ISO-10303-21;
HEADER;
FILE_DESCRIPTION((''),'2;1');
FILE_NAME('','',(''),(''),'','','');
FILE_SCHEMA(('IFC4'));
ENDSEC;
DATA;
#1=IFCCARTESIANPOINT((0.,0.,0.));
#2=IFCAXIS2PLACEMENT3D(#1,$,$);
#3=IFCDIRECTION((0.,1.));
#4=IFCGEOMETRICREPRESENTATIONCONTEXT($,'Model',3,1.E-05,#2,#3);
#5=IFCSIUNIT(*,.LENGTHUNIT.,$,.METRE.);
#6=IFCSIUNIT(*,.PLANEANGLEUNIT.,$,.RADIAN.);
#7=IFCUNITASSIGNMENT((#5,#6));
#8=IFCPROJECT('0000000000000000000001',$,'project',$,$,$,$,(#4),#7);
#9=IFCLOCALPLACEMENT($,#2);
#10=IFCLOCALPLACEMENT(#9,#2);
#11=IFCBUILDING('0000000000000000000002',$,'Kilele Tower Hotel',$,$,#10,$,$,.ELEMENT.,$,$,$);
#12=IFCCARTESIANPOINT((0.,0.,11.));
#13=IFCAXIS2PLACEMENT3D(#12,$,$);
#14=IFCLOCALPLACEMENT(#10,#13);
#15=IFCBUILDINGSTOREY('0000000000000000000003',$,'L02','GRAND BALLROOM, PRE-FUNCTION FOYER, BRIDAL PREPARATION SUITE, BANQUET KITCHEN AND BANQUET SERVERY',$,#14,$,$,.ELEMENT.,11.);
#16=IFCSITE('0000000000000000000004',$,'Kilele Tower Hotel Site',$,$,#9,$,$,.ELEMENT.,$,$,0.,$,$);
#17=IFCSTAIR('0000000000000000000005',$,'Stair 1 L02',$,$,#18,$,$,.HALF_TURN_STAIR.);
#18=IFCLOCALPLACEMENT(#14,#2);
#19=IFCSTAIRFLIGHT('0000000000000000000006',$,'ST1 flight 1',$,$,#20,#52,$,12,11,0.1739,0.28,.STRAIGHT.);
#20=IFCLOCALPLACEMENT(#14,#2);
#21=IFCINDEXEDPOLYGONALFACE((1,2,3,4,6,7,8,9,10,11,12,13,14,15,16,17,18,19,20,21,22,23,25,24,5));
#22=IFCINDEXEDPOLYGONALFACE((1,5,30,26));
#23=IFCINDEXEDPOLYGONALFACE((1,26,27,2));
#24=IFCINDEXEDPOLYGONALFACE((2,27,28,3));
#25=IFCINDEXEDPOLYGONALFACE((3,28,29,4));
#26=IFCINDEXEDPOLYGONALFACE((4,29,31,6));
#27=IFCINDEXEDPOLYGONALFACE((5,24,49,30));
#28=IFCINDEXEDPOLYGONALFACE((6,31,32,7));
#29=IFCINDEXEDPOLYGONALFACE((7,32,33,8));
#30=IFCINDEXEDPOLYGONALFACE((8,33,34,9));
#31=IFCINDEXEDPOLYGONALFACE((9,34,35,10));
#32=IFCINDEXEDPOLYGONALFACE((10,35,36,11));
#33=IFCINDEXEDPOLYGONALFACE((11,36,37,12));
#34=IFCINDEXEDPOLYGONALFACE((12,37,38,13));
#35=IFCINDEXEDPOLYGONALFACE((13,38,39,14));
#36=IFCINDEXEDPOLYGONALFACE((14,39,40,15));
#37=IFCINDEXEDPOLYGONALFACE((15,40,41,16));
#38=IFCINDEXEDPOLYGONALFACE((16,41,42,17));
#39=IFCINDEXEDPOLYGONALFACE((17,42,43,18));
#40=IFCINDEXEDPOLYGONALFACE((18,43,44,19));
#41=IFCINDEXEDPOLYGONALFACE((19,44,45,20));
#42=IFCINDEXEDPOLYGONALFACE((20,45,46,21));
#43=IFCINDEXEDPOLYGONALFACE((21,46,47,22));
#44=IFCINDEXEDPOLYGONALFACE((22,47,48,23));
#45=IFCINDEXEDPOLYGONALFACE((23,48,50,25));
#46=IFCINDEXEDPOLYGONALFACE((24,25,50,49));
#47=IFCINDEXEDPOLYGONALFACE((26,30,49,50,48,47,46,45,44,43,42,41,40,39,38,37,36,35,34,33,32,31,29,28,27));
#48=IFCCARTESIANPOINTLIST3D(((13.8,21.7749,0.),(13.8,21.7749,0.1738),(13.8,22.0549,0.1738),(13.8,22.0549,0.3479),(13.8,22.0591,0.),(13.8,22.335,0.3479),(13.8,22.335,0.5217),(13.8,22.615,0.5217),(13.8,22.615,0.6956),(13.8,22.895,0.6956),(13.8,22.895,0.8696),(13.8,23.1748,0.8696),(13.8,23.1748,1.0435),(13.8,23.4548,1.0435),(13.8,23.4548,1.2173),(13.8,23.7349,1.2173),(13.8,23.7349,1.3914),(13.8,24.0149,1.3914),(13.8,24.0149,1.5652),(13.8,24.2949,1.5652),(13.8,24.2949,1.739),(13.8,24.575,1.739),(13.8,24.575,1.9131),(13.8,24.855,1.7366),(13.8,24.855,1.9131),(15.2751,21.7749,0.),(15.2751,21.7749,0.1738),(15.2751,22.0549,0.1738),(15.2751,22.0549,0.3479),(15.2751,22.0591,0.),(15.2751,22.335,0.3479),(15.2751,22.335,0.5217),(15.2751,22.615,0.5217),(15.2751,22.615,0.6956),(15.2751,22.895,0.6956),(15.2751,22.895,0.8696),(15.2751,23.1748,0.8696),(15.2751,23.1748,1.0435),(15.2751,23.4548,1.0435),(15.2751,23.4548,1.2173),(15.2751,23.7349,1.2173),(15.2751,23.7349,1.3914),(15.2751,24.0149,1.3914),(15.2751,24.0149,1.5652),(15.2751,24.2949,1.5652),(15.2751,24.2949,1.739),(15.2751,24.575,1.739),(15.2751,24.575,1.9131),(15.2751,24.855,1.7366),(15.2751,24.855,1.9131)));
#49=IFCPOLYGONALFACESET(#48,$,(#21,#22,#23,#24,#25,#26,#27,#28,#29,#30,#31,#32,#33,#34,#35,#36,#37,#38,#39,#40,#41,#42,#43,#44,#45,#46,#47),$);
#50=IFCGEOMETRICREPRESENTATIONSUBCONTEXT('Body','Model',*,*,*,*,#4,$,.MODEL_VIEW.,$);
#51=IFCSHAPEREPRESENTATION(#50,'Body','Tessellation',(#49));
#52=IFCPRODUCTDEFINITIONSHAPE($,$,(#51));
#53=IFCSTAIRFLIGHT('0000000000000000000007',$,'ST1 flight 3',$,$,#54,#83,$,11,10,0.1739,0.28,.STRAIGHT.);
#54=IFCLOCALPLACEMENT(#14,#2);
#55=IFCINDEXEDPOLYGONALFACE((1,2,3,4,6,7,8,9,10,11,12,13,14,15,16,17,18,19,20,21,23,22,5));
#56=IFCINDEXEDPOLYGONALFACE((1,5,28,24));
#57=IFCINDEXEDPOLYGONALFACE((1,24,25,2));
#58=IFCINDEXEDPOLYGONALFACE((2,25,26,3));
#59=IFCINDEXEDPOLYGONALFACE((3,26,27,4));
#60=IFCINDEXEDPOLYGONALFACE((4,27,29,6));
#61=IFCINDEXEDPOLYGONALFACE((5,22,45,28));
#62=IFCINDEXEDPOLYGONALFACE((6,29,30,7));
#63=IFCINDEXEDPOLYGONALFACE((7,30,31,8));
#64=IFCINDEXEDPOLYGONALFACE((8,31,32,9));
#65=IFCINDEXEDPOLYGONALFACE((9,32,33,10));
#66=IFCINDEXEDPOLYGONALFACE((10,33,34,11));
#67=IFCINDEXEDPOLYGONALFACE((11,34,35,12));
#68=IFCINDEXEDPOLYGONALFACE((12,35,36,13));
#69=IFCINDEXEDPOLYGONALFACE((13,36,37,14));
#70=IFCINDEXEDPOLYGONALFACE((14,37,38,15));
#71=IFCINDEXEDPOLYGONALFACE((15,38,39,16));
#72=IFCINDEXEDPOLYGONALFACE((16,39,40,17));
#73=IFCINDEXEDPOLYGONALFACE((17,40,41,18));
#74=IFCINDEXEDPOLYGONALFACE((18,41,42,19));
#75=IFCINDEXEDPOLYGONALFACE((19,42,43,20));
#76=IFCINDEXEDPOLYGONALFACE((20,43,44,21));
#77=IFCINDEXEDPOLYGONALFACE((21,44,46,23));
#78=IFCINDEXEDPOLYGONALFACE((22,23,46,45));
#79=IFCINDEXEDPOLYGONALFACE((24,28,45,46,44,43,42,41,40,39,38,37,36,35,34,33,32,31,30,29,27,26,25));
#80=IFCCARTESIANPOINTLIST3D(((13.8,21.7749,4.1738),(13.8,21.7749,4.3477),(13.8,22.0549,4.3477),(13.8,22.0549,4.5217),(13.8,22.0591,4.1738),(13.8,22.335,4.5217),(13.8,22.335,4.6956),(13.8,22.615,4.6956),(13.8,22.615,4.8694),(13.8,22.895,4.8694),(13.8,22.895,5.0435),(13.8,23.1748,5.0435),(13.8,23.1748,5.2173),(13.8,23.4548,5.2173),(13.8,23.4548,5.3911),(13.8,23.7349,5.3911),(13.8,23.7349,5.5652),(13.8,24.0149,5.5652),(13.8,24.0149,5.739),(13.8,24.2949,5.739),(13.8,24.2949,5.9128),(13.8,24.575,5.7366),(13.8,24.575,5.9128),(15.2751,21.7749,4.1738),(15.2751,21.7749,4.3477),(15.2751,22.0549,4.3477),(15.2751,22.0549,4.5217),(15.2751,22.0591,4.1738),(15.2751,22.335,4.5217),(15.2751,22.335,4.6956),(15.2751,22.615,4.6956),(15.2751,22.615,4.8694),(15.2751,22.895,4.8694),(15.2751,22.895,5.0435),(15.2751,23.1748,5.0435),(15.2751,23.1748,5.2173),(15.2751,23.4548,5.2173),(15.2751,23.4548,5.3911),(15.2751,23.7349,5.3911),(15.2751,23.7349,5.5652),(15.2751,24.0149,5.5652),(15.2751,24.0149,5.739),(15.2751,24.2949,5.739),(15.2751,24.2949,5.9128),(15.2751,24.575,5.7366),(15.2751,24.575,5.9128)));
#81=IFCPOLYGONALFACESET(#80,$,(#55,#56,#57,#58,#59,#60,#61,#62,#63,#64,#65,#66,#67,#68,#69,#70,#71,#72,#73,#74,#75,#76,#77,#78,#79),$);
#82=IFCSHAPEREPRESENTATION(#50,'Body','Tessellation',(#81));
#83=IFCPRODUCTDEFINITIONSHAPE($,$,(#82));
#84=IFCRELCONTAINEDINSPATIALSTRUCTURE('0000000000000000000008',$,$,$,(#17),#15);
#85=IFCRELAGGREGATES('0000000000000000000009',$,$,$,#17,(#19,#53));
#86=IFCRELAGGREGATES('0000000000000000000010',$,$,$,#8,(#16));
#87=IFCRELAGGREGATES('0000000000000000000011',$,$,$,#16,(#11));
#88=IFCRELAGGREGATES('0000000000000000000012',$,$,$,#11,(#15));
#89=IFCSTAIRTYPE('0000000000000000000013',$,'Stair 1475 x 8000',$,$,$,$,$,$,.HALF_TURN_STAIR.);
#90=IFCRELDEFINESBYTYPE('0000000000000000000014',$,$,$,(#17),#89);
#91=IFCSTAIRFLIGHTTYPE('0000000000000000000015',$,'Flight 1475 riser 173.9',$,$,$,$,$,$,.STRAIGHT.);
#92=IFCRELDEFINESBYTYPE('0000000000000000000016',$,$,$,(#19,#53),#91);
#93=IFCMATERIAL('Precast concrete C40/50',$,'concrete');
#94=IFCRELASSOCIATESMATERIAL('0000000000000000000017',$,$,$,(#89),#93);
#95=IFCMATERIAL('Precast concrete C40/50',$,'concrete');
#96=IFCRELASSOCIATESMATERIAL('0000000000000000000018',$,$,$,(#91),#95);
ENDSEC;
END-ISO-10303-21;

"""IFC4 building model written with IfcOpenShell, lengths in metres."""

from ifc_helpers import new_model, si_unit, direction, frame, origin, place, context, subcontext, project, spatial, polyline, outline, extrude, material, type_object, element, aggregate, save


model = new_model("IFC4")

# Units and contexts
model_context = context("Model", 3, precision=1e-05, world=origin(), true_north=direction((0.0, 1.0)))
body_context = subcontext(model_context, "Body", "Model", "MODEL_VIEW")
ifc_project = project(units=[si_unit("LENGTHUNIT", "METRE"), si_unit("PLANEANGLEUNIT", "RADIAN")], contexts=[model_context])

# Site, building, storey
site_placement = place(None, origin())
site = spatial("IfcSite", under=ifc_project, at=site_placement, Name="Kilele Tower Hotel Site", CompositionType="ELEMENT", RefElevation=0.0)
building_placement = place(site_placement, origin())
building = spatial("IfcBuilding", under=site, at=building_placement, Name="Kilele Tower Hotel", CompositionType="ELEMENT")
storey_placement = place(building_placement, frame((0.0, 0.0, 11.0)))
storey = spatial("IfcBuildingStorey", under=building, at=storey_placement, Name="L02", Description="GRAND BALLROOM, PRE-FUNCTION FOYER, BRIDAL PREPARATION SUITE, BANQUET KITCHEN AND BANQUET SERVERY", CompositionType="ELEMENT", Elevation=11.0)

# Stair, stair flights
ifc_material_1 = material(Name="Precast concrete C40/50", Category="concrete")
stair_type = type_object("IfcStairType", Name="Stair 1475 x 8000", PredefinedType="HALF_TURN_STAIR", material=ifc_material_1)
stair_placement = place(storey_placement, origin())
stair = element("IfcStair", 1, at=stair_placement, inside=storey, type_object=stair_type, Name="Stair 1 L02", PredefinedType="HALF_TURN_STAIR")
ifc_material_2 = material(Name="Precast concrete C40/50", Category="concrete")
stair_flight_type = type_object("IfcStairFlightType", Name="Flight 1475 riser 173.9", PredefinedType="STRAIGHT", material=ifc_material_2)
stair_flight_1_placement = place(storey_placement, frame((14.5376, 21.7749, 0.0), z_axis=(0.0, 0.0, 1.0), x_axis=(0.0, 1.0, 0.0)))
stair_flight_1 = element("IfcStairFlight", 2, at=stair_flight_1_placement, type_object=stair_flight_type, Name="ST1 flight 1", NumberOfRisers=12, NumberOfTreads=11, PredefinedType="STRAIGHT", RiserHeight=0.1739, TreadLength=0.28, context=body_context, shape_type="SweptSolid", body=[
    extrude(outline(polyline([(0.0, 0.0), (0.0, 0.1738), (0.28, 0.1738), (0.28, 0.3479), (0.5601, 0.3479), (0.5601, 0.5217), (0.8401, 0.5217), (0.8401, 0.6956), (1.1201, 0.6956), (1.1201, 0.8696), (1.3999, 0.8696), (1.3999, 1.0435), (1.6799, 1.0435), (1.6799, 1.2173), (1.96, 1.2173), (1.96, 1.3914), (2.24, 1.3914), (2.24, 1.5652), (2.52, 1.5652), (2.52, 1.739), (2.8, 1.739), (2.8, 1.9131), (3.0801, 1.9131), (3.0801, 2.0869), (3.0801, 1.7366), (0.2842, 0.0), (0.0, 0.0)])), frame((0.0, 0.7375, 0.0), z_axis=(0.0, -1.0, 0.0), x_axis=(1.0, 0.0, 0.0)), (0.0, 0.0, 1.0), 1.4751),
])
stair_flight_2_placement = place(storey_placement, frame((14.5376, 21.7749, 4.1738), z_axis=(0.0, 0.0, 1.0), x_axis=(0.0, 1.0, 0.0)))
stair_flight_2 = element("IfcStairFlight", 3, at=stair_flight_2_placement, type_object=stair_flight_type, Name="ST1 flight 3", NumberOfRisers=11, NumberOfTreads=10, PredefinedType="STRAIGHT", RiserHeight=0.1739, TreadLength=0.28, context=body_context, shape_type="SweptSolid", body=[
    extrude(outline(polyline([(0.0, 0.0), (0.0, 0.1738), (0.28, 0.1738), (0.28, 0.3479), (0.5601, 0.3479), (0.5601, 0.5217), (0.8401, 0.5217), (0.8401, 0.6956), (1.1201, 0.6956), (1.1201, 0.8696), (1.3999, 0.8696), (1.3999, 1.0435), (1.6799, 1.0435), (1.6799, 1.2173), (1.96, 1.2173), (1.96, 1.3914), (2.24, 1.3914), (2.24, 1.5652), (2.52, 1.5652), (2.52, 1.739), (2.8, 1.739), (2.8, 1.9131), (2.8, 1.5627), (0.2842, 0.0), (0.0, 0.0)])), frame((0.0, 0.7375, 0.0), z_axis=(0.0, -1.0, 0.0), x_axis=(1.0, 0.0, 0.0)), (0.0, 0.0, 1.0), 1.4751),
])
aggregate(stair, [stair_flight_1, stair_flight_2])

save(model, "model.ifc")
